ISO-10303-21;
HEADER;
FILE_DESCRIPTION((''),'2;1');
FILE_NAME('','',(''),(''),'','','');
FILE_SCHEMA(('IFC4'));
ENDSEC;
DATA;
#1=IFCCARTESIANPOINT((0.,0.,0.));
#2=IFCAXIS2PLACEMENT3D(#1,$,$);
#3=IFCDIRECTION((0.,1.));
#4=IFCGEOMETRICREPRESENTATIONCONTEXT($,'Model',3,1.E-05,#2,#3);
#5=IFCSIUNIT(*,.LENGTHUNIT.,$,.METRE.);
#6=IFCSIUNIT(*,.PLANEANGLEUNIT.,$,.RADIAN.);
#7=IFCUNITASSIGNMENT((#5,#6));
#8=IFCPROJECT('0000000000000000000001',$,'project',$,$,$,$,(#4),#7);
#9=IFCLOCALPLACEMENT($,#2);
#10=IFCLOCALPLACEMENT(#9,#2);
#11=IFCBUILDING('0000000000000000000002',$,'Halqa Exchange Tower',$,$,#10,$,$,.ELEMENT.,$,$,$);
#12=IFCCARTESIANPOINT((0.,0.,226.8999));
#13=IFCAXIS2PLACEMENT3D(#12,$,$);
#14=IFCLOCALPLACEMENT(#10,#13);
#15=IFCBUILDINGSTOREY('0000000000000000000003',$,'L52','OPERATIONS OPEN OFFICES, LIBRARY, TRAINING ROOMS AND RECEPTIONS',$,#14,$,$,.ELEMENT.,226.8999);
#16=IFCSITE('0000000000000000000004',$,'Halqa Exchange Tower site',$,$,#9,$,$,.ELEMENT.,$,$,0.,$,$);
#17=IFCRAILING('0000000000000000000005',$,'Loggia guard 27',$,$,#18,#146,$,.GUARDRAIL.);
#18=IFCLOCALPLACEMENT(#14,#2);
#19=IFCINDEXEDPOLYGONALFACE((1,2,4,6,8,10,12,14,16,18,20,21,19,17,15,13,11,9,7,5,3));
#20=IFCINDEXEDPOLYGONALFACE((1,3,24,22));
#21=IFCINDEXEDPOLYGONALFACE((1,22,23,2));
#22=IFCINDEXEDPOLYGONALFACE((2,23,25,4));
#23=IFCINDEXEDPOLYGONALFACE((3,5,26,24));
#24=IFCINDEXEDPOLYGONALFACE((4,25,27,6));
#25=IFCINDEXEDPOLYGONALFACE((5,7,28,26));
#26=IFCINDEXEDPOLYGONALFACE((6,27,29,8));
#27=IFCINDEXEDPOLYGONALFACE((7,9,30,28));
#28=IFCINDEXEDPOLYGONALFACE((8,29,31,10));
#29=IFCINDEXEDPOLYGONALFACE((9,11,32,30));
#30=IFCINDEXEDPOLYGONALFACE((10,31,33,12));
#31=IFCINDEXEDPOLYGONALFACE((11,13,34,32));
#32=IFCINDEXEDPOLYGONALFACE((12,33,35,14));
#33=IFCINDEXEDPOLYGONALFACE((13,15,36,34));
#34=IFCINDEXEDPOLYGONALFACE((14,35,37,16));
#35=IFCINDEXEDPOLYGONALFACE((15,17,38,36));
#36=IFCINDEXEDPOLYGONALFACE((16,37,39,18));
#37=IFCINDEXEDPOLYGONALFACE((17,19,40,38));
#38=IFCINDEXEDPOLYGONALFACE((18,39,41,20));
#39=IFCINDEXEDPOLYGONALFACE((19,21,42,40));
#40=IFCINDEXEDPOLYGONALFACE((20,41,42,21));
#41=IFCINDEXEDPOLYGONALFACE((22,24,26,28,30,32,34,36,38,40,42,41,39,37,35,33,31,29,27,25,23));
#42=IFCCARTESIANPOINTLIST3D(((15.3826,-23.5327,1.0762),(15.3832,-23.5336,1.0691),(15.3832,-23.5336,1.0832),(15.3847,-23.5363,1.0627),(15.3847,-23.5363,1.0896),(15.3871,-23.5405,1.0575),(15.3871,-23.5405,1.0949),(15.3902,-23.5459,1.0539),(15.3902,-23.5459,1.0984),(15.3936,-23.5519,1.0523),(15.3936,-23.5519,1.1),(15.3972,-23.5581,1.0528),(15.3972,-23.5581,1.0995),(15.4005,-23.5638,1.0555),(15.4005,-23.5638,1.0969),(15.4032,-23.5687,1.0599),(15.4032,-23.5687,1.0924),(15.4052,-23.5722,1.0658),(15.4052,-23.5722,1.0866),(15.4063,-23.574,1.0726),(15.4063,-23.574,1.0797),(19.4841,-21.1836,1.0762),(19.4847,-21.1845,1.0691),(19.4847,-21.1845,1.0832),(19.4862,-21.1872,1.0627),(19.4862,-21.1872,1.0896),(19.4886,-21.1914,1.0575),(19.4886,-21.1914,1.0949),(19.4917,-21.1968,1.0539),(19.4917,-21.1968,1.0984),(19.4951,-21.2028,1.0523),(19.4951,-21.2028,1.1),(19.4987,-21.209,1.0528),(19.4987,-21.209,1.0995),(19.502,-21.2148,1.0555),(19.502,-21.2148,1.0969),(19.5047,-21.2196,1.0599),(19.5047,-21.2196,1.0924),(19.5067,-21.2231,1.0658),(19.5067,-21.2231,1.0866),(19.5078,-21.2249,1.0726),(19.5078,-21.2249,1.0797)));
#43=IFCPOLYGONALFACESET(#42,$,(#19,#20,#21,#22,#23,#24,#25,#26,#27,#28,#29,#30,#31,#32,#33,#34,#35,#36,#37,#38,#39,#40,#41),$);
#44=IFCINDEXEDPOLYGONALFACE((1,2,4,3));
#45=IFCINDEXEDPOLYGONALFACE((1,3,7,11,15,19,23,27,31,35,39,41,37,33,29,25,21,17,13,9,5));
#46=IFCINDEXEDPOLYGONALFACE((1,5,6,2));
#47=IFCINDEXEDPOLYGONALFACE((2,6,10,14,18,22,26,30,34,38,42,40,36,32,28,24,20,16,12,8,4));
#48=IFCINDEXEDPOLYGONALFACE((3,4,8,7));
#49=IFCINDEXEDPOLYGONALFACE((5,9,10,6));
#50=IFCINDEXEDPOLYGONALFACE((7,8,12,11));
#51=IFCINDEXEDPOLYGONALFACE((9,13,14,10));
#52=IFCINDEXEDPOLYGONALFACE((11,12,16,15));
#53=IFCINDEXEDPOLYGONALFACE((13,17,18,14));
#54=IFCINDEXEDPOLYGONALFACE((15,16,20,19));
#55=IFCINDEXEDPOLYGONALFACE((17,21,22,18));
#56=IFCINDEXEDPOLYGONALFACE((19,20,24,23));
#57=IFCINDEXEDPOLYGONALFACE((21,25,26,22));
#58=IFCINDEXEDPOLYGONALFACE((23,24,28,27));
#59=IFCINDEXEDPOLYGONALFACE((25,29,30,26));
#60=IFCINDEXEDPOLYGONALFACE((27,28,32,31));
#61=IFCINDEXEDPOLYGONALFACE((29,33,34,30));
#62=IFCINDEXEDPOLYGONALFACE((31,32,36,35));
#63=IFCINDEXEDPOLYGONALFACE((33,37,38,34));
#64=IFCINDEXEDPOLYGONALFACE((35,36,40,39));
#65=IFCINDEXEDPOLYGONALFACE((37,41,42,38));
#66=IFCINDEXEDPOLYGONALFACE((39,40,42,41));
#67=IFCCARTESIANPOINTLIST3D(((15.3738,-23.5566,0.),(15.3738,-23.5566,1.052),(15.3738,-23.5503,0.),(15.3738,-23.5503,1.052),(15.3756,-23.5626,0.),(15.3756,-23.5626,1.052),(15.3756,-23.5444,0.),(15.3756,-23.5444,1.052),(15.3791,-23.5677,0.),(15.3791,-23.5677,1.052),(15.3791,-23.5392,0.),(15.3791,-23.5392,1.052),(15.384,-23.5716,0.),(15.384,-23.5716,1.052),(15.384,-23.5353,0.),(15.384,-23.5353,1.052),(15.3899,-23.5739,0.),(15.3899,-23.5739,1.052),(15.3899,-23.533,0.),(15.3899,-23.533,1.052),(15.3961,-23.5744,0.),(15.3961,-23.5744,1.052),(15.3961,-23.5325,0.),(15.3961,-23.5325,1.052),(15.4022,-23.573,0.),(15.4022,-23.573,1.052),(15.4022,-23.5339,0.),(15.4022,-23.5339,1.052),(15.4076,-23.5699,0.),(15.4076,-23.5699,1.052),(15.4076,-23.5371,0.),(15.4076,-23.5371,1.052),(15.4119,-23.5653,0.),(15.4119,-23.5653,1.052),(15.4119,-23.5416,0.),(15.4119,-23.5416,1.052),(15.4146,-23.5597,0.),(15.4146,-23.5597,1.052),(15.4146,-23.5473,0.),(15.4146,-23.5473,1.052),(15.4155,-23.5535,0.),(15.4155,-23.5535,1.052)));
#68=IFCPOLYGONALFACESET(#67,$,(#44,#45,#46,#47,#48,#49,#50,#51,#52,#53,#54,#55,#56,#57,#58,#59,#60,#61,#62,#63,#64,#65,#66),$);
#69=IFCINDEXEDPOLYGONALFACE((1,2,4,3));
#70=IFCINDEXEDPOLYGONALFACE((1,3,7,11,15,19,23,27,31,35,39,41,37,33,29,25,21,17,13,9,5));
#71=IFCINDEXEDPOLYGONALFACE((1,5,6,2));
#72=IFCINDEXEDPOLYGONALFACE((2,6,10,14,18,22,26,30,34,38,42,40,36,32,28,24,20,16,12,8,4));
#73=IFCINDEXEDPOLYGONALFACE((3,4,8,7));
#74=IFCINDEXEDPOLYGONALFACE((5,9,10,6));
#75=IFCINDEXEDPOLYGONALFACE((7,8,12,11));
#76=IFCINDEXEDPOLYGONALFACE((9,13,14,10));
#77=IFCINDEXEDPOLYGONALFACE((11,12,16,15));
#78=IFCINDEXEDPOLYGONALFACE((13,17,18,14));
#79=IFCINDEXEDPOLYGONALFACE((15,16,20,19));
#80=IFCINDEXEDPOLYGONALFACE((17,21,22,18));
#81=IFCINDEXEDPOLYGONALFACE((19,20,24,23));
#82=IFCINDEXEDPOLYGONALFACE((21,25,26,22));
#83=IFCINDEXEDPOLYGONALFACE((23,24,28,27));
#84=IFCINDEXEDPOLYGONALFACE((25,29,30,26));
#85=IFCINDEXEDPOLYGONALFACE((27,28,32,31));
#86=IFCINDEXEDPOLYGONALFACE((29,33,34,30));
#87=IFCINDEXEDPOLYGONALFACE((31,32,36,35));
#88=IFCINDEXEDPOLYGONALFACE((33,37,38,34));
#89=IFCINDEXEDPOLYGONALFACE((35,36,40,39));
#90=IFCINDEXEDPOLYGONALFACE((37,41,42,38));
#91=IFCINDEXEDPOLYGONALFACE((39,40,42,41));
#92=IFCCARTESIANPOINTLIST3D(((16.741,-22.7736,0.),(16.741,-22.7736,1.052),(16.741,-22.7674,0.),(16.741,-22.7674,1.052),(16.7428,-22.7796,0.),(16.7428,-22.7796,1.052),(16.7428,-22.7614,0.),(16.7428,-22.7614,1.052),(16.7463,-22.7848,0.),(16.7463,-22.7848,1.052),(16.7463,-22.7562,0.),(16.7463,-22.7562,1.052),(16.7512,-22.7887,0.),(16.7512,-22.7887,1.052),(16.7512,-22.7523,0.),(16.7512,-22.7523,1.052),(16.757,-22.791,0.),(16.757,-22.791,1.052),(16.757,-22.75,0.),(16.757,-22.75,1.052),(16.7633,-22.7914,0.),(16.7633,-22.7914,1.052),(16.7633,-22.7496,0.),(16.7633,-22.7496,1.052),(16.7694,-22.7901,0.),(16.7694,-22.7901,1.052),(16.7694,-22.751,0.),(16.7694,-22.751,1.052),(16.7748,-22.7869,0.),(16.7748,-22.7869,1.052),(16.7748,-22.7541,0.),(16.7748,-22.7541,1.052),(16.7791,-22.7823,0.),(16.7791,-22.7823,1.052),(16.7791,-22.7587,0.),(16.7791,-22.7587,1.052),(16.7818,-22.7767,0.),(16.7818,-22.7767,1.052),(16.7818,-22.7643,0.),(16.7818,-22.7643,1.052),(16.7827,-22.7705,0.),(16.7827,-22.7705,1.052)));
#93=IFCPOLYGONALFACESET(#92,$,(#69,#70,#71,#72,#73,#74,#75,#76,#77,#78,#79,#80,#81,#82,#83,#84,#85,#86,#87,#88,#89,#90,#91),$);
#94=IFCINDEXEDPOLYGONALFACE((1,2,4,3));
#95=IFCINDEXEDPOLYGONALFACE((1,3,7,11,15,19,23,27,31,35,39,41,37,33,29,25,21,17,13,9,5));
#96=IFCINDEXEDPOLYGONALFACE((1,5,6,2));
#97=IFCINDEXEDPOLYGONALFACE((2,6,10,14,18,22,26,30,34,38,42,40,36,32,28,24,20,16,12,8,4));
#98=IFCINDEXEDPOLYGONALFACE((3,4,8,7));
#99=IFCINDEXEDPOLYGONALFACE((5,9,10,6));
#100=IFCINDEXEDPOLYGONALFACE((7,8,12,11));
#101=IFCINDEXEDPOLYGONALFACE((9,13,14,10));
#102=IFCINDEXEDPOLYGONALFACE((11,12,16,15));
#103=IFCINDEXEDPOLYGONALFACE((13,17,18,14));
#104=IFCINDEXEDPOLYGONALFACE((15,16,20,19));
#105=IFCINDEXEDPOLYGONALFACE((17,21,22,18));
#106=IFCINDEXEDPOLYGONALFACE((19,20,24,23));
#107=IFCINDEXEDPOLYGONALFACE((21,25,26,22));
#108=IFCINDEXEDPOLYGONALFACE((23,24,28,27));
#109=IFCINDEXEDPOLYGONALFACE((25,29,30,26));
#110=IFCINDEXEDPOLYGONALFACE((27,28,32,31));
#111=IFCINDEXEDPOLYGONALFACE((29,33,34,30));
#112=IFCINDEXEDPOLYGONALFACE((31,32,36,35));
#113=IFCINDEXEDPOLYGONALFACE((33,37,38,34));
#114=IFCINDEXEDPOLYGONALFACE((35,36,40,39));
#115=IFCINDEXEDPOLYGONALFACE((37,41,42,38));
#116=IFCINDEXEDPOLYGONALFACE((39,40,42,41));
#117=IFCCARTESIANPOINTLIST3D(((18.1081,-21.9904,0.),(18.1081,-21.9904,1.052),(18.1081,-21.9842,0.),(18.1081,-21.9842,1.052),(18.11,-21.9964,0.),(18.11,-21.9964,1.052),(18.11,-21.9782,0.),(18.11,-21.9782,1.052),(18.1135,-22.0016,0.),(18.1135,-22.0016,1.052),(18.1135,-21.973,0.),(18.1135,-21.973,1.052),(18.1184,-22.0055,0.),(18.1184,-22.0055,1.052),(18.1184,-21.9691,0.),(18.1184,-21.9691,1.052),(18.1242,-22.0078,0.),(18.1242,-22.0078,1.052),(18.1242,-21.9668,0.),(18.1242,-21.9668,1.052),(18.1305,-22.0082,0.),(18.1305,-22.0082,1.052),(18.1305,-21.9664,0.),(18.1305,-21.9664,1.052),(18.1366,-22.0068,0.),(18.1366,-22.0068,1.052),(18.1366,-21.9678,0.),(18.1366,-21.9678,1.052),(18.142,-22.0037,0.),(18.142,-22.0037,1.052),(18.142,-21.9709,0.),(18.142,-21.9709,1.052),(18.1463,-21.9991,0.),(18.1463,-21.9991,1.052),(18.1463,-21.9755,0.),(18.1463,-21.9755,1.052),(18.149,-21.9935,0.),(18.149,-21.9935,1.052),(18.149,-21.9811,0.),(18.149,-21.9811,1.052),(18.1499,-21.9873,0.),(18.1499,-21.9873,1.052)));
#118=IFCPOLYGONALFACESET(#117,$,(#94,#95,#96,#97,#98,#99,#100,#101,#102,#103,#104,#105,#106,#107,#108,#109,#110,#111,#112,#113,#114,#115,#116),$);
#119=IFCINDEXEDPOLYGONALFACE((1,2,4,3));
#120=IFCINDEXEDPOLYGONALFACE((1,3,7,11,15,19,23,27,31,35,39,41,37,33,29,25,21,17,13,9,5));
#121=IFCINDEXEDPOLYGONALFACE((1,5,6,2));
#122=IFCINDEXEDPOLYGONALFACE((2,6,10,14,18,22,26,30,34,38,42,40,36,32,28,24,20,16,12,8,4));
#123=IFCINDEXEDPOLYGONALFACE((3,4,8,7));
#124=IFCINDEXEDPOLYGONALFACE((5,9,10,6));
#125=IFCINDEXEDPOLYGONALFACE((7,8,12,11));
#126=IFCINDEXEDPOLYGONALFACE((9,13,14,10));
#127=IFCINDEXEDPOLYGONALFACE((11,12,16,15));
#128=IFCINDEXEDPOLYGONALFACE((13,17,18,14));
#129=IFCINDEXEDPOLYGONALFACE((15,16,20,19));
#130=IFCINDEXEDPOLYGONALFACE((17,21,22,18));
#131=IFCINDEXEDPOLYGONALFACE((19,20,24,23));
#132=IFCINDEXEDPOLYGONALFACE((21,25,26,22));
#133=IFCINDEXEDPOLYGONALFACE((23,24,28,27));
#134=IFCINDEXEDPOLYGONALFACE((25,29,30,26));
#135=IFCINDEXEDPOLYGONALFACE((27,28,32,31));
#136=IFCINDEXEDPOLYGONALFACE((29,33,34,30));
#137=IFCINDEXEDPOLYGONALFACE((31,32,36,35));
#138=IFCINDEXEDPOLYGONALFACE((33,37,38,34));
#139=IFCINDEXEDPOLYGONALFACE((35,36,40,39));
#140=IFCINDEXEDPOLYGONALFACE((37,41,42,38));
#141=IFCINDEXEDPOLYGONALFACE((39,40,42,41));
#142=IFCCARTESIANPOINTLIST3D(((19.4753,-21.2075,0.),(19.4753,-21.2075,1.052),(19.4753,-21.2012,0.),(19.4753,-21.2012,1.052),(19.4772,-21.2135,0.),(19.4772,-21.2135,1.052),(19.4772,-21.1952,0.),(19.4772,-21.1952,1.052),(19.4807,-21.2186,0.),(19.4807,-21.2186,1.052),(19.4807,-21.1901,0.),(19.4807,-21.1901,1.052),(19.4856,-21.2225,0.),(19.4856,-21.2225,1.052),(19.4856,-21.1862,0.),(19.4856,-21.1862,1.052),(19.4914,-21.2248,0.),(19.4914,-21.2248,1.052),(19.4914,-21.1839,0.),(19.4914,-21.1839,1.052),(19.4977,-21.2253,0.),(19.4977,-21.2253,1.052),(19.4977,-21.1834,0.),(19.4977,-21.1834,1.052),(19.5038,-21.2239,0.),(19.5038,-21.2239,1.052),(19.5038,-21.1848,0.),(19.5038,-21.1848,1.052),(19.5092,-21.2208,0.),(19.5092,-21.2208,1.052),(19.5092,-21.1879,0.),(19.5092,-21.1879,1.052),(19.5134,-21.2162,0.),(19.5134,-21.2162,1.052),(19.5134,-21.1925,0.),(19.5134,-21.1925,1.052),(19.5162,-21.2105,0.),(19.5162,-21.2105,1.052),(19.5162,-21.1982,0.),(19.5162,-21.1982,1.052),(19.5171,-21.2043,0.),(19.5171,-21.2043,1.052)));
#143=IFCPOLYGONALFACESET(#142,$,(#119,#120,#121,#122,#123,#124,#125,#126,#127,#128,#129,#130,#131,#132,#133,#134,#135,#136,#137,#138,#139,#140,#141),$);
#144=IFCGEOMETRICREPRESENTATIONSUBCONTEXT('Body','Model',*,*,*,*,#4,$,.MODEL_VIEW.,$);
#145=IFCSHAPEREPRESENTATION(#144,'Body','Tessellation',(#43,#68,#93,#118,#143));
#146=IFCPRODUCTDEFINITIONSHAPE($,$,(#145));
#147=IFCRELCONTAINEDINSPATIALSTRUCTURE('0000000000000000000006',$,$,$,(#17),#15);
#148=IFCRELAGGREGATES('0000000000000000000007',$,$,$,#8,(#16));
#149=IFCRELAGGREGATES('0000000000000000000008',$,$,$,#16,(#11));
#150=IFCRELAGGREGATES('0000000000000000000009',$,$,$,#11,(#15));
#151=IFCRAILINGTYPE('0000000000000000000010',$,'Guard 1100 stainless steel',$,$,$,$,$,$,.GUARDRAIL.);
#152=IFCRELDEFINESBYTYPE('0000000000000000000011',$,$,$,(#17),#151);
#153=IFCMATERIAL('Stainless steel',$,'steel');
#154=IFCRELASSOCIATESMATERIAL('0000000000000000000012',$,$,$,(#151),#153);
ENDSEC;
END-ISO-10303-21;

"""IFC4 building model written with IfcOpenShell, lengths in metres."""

from ifc_helpers import new_model, si_unit, direction, frame, origin, origin_2d, place, context, subcontext, project, spatial, circle, extrude, material, type_object, element, save


model = new_model("IFC4")

# Units and contexts
model_context = context("Model", 3, precision=1e-05, world=origin(), true_north=direction((0.0, 1.0)))
body_context = subcontext(model_context, "Body", "Model", "MODEL_VIEW")
ifc_project = project(units=[si_unit("LENGTHUNIT", "METRE"), si_unit("PLANEANGLEUNIT", "RADIAN")], contexts=[model_context])

# Site, building, storey
site_placement = place(None, origin())
site = spatial("IfcSite", under=ifc_project, at=site_placement, Name="Halqa Exchange Tower site", CompositionType="ELEMENT", RefElevation=0.0)
building_placement = place(site_placement, origin())
building = spatial("IfcBuilding", under=site, at=building_placement, Name="Halqa Exchange Tower", CompositionType="ELEMENT")
storey_placement = place(building_placement, frame((0.0, 0.0, 226.8999)))
storey = spatial("IfcBuildingStorey", under=building, at=storey_placement, Name="L52", Description="OPERATIONS OPEN OFFICES, LIBRARY, TRAINING ROOMS AND RECEPTIONS", CompositionType="ELEMENT", Elevation=226.8999)

# Railing
ifc_material_1 = material(Name="Stainless steel", Category="steel")
railing_type = type_object("IfcRailingType", Name="Guard 1100 stainless steel", PredefinedType="GUARDRAIL", material=ifc_material_1)
railing_1_placement = place(storey_placement, frame((15.3945, -23.5535, 0.0)))
element("IfcRailing", 1, at=railing_1_placement, inside=storey, type_object=railing_type, Name="Loggia guard 27", PredefinedType="GUARDRAIL", context=body_context, shape_type="SweptSolid", body=[
    extrude(circle(Radius=0.0239, at=origin_2d()), frame((0.0, 0.0, 1.0762), z_axis=(0.867753, 0.496995, 0.0), x_axis=(-0.496995, 0.867753, 0.0)), (0.0, 0.0, 1.0), 4.7266),
    extrude(circle(Radius=0.021, at=origin_2d()), origin(), (0.0, 0.0, 1.0), 1.052),
    extrude(circle(Radius=0.021, at=origin_2d()), frame((1.3672, 0.783, 0.0)), (0.0, 0.0, 1.0), 1.052),
    extrude(circle(Radius=0.021, at=origin_2d()), frame((2.7344, 1.5662, 0.0)), (0.0, 0.0, 1.0), 1.052),
    extrude(circle(Radius=0.021, at=origin_2d()), frame((4.1016, 2.3491, 0.0)), (0.0, 0.0, 1.0), 1.052),
])

save(model, "model.ifc")
